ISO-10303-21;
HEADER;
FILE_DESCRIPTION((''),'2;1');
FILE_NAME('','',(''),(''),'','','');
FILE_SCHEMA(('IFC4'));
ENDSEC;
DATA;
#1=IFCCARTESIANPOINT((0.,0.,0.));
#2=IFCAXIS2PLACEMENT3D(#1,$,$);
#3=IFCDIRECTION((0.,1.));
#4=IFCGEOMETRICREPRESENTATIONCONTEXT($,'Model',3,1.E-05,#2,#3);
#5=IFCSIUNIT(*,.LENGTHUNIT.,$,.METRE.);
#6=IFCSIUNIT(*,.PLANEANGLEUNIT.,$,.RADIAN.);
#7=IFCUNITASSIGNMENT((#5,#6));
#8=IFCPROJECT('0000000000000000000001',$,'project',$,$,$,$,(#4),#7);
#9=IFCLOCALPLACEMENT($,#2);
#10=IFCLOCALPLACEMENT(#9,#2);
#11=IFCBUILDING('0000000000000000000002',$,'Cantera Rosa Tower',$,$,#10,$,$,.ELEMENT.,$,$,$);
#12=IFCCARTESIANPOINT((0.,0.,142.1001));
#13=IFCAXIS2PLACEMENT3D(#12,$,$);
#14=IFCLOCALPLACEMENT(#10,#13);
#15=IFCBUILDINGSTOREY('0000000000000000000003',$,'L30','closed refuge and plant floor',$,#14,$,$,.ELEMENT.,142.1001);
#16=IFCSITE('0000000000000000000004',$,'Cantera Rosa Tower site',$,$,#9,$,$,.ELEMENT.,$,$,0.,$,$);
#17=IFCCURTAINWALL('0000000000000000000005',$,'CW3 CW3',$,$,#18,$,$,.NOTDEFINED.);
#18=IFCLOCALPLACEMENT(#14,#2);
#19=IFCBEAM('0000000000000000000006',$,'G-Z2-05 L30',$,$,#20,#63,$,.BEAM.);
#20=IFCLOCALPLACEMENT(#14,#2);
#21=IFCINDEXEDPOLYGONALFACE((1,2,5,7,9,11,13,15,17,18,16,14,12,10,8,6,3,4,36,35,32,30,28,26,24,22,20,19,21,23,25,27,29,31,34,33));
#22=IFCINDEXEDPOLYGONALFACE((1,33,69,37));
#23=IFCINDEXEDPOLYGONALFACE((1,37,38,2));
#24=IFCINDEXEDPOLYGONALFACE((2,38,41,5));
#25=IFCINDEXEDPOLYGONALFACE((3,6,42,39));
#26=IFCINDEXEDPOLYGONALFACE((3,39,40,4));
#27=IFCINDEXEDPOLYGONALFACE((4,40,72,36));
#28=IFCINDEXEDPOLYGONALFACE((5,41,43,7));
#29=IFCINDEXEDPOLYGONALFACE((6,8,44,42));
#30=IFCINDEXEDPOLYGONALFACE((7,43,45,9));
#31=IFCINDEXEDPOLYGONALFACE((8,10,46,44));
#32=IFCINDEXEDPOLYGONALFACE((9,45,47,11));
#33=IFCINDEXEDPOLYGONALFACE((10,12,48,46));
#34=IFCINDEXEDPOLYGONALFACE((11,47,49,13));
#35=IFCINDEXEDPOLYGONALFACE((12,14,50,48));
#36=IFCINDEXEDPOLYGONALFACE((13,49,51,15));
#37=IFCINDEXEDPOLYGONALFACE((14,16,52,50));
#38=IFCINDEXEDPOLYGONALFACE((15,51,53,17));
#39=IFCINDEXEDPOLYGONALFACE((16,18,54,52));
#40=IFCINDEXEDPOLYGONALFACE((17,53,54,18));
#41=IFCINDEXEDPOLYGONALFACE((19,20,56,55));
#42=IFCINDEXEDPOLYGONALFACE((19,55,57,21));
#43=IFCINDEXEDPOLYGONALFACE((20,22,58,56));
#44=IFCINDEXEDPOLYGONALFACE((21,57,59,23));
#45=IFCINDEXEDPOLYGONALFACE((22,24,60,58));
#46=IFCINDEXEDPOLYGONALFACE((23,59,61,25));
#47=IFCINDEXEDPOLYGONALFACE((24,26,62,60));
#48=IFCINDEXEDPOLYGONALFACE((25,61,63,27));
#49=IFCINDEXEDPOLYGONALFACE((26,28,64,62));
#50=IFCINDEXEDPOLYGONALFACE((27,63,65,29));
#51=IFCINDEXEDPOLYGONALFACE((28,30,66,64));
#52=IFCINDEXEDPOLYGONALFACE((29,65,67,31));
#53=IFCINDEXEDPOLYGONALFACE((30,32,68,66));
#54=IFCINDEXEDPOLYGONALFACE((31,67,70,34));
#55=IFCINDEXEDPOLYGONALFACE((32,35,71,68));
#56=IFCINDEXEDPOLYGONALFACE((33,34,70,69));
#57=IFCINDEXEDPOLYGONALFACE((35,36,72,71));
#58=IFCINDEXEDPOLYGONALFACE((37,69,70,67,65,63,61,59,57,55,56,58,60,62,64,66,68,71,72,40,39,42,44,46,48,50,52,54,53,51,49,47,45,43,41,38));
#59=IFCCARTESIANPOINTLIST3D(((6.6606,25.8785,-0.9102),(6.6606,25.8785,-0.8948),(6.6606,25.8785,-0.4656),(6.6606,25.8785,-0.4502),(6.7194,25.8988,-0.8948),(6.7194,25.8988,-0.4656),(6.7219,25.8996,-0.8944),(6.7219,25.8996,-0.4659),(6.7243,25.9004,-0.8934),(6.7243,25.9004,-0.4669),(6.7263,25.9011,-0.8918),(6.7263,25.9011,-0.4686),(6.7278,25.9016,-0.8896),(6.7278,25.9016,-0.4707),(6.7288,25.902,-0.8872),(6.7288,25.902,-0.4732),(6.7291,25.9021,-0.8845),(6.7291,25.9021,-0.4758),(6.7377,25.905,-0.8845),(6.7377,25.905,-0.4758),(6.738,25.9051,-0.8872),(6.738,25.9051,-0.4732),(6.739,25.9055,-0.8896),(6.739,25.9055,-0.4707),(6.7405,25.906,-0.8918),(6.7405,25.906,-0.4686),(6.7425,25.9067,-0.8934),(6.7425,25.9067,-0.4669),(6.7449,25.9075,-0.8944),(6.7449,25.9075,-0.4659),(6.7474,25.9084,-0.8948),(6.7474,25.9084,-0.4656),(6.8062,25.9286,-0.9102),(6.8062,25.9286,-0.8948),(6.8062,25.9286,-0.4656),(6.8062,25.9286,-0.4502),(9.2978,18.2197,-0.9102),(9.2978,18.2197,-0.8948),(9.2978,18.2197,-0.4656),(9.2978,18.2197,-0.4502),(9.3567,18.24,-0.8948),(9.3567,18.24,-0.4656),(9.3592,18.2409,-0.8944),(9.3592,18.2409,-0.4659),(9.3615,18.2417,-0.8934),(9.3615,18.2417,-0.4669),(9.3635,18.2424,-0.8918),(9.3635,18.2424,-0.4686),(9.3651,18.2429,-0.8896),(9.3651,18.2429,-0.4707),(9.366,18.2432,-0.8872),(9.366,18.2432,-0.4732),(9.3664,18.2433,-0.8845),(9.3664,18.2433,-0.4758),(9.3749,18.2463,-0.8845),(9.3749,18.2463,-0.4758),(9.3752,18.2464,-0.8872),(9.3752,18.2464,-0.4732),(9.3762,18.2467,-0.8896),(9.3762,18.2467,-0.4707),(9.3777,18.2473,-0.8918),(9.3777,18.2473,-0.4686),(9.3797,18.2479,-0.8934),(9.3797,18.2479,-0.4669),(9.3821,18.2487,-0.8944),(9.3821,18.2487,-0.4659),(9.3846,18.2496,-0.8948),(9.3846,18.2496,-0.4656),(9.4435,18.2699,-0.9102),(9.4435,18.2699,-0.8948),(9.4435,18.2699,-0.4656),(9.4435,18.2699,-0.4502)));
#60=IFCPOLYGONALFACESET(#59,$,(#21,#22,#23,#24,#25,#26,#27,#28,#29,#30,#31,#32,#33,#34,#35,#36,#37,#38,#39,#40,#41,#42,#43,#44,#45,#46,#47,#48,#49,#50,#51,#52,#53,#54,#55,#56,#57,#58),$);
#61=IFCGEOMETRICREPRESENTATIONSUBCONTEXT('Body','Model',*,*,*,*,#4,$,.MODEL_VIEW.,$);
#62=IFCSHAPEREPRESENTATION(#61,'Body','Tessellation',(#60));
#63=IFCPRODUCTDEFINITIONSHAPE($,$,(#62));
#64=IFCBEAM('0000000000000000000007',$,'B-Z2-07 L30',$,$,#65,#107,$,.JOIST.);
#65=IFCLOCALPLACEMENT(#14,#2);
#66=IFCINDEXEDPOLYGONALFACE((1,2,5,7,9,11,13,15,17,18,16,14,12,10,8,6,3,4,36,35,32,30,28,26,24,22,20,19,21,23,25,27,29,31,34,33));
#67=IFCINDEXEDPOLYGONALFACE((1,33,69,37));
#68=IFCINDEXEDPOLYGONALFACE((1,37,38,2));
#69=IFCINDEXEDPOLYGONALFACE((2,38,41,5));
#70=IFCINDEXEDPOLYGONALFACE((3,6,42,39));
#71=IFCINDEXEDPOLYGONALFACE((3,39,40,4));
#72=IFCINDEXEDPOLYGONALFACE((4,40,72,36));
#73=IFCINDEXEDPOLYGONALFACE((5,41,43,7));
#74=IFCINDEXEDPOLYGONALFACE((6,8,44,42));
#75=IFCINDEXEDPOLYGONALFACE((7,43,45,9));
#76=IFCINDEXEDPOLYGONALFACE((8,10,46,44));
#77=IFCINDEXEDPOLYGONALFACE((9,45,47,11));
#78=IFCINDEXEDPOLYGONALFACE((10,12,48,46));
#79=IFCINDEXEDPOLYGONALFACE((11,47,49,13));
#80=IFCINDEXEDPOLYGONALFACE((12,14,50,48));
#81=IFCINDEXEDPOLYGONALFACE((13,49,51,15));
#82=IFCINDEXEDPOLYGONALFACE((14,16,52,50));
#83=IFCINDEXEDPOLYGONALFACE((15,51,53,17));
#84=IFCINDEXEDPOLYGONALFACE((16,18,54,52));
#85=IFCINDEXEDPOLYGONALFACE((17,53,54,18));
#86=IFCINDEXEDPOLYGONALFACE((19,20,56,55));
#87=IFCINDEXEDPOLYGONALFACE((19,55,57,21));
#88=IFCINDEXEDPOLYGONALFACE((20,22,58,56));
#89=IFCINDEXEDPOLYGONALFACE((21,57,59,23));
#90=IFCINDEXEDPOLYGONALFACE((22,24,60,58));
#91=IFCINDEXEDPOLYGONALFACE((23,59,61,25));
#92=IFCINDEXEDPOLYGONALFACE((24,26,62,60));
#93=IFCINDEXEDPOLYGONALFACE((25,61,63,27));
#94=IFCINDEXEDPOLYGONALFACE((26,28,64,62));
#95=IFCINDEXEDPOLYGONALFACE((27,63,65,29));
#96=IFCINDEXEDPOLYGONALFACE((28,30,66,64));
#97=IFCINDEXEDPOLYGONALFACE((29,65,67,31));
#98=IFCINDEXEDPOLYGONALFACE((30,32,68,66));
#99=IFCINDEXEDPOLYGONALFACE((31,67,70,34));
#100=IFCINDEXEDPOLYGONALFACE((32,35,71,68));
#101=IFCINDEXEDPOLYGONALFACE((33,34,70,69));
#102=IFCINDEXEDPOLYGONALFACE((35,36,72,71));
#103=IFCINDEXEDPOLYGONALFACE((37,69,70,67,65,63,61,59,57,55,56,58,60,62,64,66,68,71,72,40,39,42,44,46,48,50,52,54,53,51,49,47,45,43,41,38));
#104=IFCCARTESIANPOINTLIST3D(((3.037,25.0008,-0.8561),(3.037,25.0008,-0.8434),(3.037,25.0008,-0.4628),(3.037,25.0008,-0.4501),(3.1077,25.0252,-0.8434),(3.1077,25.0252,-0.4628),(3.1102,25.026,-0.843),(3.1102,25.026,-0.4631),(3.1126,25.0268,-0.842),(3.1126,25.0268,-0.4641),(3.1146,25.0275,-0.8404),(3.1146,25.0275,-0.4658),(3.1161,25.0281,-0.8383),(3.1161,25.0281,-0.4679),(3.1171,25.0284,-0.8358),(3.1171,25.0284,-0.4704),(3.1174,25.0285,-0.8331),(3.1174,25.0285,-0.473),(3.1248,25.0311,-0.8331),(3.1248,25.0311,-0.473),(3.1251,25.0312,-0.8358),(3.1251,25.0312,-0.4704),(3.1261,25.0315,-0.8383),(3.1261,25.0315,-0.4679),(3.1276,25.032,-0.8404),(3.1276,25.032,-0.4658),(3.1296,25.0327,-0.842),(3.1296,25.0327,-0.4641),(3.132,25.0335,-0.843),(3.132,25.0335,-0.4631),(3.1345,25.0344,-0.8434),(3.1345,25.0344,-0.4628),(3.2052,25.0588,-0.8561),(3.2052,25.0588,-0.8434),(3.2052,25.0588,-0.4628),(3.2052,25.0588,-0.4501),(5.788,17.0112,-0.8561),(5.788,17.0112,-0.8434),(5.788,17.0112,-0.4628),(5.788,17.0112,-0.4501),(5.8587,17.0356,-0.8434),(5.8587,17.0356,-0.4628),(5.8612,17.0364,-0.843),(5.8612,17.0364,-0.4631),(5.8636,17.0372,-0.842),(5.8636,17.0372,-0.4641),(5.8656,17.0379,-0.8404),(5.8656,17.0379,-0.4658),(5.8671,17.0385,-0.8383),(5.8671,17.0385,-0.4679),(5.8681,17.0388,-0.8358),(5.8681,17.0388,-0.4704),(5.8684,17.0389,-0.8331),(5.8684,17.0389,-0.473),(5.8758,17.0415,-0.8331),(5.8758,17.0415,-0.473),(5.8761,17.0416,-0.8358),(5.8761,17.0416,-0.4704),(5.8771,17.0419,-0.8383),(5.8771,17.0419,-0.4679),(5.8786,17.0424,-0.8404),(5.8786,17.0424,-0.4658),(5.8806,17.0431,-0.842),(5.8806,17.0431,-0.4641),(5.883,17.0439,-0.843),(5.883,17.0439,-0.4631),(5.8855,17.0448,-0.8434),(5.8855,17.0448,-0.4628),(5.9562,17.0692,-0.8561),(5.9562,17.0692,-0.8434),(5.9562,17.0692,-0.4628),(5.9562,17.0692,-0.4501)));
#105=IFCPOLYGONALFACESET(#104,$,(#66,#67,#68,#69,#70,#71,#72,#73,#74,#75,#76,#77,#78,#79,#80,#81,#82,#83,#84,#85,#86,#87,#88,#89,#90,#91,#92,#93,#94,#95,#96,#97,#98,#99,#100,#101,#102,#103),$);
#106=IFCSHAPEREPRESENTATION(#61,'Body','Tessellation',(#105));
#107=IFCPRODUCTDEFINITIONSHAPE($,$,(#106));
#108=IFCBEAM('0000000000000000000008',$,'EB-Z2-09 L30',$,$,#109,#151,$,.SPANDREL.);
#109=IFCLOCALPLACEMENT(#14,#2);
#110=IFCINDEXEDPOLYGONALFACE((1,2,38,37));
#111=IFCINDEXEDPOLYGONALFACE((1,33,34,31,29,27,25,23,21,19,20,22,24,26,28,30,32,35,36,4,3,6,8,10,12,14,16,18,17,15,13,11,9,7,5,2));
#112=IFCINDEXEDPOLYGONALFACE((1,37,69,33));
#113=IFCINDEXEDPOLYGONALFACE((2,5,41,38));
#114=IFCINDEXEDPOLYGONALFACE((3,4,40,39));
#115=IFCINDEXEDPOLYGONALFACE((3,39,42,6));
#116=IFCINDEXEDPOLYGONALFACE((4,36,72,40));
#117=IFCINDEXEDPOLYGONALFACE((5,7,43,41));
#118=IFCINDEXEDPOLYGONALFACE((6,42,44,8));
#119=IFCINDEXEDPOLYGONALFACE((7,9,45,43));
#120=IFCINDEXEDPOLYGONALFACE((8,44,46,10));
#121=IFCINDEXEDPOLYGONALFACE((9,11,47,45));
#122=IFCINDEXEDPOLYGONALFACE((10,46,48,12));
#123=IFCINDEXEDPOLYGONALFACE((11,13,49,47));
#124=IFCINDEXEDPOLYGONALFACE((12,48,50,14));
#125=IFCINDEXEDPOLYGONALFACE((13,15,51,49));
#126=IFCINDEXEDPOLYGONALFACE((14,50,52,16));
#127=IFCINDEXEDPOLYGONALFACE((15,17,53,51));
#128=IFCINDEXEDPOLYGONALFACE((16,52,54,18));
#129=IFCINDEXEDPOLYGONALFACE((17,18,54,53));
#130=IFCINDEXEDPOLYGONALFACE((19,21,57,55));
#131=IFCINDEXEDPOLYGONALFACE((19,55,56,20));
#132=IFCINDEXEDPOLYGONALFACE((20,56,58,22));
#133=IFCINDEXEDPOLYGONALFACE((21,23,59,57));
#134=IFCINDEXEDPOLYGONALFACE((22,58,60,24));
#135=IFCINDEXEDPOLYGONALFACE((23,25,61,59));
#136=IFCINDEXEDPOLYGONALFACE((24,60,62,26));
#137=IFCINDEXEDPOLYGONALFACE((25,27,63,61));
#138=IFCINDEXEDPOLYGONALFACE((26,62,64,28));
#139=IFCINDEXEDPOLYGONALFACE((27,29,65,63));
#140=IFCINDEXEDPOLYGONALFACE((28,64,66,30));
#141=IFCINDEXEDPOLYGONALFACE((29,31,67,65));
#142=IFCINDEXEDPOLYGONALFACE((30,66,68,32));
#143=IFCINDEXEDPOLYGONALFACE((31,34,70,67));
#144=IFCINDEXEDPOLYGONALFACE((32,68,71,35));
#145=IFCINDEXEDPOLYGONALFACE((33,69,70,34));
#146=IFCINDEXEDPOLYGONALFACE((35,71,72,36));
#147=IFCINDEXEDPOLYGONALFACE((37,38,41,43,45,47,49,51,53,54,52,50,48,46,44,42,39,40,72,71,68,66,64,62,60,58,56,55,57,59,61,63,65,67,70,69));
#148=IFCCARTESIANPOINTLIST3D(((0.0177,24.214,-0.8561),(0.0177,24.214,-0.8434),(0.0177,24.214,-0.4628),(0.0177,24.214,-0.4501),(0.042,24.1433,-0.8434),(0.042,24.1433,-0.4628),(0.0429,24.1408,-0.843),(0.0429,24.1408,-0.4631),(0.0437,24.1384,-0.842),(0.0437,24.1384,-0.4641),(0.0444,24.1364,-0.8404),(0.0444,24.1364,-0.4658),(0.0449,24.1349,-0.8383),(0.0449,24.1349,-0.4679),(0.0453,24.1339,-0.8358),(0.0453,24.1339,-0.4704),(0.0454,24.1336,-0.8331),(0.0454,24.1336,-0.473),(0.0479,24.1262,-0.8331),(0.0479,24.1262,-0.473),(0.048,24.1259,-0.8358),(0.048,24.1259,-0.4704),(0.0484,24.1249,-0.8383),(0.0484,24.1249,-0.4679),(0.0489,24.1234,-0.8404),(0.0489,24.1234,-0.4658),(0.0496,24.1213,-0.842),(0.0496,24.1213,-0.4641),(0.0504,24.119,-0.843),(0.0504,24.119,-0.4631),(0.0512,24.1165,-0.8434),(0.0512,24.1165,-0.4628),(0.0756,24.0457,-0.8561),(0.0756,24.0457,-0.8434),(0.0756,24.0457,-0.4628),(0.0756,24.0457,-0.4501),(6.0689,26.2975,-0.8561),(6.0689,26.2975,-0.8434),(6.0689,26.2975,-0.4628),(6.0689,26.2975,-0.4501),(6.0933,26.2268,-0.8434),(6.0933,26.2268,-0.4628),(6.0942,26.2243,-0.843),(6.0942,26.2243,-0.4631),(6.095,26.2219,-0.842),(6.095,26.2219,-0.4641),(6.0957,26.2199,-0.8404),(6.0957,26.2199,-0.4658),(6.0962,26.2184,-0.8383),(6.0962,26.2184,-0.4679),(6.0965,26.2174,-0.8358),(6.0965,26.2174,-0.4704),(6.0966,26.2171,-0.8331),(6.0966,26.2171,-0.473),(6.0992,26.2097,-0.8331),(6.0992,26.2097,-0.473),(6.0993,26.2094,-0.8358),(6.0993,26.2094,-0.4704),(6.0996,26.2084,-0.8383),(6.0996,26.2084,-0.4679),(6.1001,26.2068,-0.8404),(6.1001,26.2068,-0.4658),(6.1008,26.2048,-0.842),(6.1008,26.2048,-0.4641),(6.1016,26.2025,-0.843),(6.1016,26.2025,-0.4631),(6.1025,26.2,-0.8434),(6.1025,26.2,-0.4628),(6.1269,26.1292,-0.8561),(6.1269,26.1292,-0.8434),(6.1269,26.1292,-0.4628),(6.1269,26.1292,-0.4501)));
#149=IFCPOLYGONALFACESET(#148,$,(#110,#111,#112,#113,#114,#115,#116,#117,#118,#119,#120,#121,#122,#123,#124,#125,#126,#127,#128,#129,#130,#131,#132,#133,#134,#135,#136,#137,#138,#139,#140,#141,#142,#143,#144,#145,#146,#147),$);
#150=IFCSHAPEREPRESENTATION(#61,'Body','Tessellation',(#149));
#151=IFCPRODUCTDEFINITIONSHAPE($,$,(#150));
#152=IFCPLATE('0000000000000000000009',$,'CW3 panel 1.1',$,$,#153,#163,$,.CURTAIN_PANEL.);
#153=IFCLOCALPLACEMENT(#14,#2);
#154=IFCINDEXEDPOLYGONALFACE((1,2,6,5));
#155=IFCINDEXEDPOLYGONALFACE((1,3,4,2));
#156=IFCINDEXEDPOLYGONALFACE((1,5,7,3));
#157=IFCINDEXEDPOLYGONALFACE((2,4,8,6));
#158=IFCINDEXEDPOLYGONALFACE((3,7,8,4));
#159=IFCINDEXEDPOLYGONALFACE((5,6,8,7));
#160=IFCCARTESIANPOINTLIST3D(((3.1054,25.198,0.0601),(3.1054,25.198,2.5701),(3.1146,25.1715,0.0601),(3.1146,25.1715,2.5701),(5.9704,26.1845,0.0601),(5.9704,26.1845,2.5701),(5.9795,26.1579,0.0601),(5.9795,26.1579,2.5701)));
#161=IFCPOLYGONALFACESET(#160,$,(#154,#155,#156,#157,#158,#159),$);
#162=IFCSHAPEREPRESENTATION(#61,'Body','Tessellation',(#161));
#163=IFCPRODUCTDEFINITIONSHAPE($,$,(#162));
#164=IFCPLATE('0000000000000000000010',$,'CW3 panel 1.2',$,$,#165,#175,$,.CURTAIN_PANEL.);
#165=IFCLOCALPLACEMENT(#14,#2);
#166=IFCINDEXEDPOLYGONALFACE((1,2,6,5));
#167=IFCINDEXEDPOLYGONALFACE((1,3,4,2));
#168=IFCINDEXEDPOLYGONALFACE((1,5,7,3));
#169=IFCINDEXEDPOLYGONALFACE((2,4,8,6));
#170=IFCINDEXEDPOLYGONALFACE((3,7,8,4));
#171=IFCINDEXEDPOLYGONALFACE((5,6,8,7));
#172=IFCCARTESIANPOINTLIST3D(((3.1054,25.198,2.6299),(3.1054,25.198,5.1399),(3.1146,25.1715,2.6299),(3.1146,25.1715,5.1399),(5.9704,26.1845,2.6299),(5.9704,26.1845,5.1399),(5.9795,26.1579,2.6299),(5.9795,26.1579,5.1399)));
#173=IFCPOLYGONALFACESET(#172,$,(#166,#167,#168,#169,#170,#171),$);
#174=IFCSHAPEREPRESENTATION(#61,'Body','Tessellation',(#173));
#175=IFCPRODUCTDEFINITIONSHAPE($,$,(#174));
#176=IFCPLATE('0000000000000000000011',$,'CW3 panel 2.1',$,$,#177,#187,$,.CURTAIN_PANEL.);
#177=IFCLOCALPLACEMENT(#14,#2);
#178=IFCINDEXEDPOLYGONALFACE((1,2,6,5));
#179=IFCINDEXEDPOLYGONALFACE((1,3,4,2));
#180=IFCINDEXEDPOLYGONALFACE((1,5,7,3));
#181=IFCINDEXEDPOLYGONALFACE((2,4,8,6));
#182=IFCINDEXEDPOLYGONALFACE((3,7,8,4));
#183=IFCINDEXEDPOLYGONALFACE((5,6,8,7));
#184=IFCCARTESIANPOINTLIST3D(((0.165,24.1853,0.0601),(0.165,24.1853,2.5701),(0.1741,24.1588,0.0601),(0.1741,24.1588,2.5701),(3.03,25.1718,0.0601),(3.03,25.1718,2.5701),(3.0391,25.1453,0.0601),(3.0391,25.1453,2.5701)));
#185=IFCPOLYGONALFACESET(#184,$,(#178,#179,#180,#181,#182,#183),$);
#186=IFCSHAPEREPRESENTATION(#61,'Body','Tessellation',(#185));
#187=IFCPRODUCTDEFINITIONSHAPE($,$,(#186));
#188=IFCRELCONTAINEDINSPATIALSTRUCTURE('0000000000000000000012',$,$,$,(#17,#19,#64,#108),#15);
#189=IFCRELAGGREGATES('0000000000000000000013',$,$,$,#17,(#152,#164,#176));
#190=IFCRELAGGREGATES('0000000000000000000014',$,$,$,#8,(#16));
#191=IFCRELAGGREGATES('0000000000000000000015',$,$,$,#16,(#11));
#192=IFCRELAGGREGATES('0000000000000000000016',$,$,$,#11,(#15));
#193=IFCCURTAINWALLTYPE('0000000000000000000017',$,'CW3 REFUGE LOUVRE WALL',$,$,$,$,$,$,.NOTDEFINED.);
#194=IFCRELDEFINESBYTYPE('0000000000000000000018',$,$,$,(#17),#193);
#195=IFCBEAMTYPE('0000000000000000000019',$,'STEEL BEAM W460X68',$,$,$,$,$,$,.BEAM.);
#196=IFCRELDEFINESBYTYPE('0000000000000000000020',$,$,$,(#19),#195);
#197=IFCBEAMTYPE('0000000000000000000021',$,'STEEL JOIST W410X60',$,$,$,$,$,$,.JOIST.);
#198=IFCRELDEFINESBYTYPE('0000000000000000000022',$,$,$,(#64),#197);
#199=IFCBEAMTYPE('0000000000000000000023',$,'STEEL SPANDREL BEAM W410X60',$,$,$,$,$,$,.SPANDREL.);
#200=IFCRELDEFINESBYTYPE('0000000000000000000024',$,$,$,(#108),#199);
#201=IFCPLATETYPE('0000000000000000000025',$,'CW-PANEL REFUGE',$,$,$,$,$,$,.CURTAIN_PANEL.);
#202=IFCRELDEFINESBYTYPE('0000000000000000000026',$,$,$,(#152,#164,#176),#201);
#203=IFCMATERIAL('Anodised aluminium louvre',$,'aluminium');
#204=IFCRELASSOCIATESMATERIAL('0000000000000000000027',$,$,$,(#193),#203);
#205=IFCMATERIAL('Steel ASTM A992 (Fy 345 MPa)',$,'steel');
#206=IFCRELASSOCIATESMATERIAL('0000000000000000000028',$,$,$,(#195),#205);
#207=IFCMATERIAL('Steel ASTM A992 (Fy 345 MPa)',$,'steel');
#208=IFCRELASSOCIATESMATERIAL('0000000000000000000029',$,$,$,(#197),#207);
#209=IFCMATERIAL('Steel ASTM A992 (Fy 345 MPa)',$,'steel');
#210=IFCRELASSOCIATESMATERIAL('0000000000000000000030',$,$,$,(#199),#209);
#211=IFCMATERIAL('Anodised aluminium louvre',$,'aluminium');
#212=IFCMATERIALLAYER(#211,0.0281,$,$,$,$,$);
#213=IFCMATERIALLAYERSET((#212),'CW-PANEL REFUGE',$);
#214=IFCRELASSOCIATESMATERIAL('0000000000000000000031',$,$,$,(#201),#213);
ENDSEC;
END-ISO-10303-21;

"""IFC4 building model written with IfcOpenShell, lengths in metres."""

from ifc_helpers import new_model, si_unit, direction, frame, origin, origin_2d, place, context, subcontext, project, spatial, rectangle, i_section, extrude, material, layer, layer_set, material_profile, profile_set, type_object, element, aggregate, save


model = new_model("IFC4")

# Units and contexts
model_context = context("Model", 3, precision=1e-05, world=origin(), true_north=direction((0.0, 1.0)))
body_context = subcontext(model_context, "Body", "Model", "MODEL_VIEW")
ifc_project = project(units=[si_unit("LENGTHUNIT", "METRE"), si_unit("PLANEANGLEUNIT", "RADIAN")], contexts=[model_context])

# Site, building, storey
site_placement = place(None, origin())
site = spatial("IfcSite", under=ifc_project, at=site_placement, Name="Cantera Rosa Tower site", CompositionType="ELEMENT", RefElevation=0.0)
building_placement = place(site_placement, origin())
building = spatial("IfcBuilding", under=site, at=building_placement, Name="Cantera Rosa Tower", CompositionType="ELEMENT")
storey_placement = place(building_placement, frame((0.0, 0.0, 142.1001)))
storey = spatial("IfcBuildingStorey", under=building, at=storey_placement, Name="L30", Description="closed refuge and plant floor", CompositionType="ELEMENT", Elevation=142.1001)

# Shared definitions
ifc_material_1 = material(Name="Anodised aluminium louvre", Category="aluminium")
curtain_wall_type = type_object("IfcCurtainWallType", Name="CW3 REFUGE LOUVRE WALL", PredefinedType="NOTDEFINED", material=ifc_material_1)

# Curtain wall
curtain_wall_1_placement = place(storey_placement, origin())
curtain_wall_1 = element("IfcCurtainWall", 1, at=curtain_wall_1_placement, inside=storey, type_object=curtain_wall_type, Name="CW3 CW3", PredefinedType="NOTDEFINED")

# Beams
ifc_material_2 = material(Name="Steel ASTM A992 (Fy 345 MPa)", Category="steel")
ifc_material_profile_1 = material_profile(ifc_material_2, i_section(OverallWidth=0.1541, OverallDepth=0.46, WebThickness=0.009, FlangeThickness=0.0154, FilletRadius=0.0103, at=origin_2d()), Name="W460X68")
ifc_profile_set_1 = profile_set([ifc_material_profile_1], Name="Steel ASTM A992 (Fy 345 MPa)")
beam_type_1 = type_object("IfcBeamType", Name="STEEL BEAM W460X68", PredefinedType="BEAM", material=ifc_profile_set_1)
beam_1_placement = place(storey_placement, frame((6.7334, 25.9036, -0.6802), z_axis=(0.32558, -0.945514, 0.0), x_axis=(0.945514, 0.32558, 0.0)))
element("IfcBeam", 2, at=beam_1_placement, inside=storey, type_object=beam_type_1, Name="G-Z2-05 L30", PredefinedType="BEAM", context=body_context, shape_type="SweptSolid", body=[
    extrude(i_section(OverallWidth=0.1541, OverallDepth=0.46, WebThickness=0.009, FlangeThickness=0.0154, FilletRadius=0.0103, at=origin_2d()), origin(), (0.0, 0.0, 1.0), 8.1001),
])
ifc_material_3 = material(Name="Steel ASTM A992 (Fy 345 MPa)", Category="steel")
ifc_material_profile_2 = material_profile(ifc_material_3, i_section(OverallWidth=0.178, OverallDepth=0.406, WebThickness=0.0078, FlangeThickness=0.0127, FilletRadius=0.0103, at=origin_2d()), Name="W410X60")
ifc_profile_set_2 = profile_set([ifc_material_profile_2], Name="Steel ASTM A992 (Fy 345 MPa)")
beam_type_2 = type_object("IfcBeamType", Name="STEEL JOIST W410X60", PredefinedType="JOIST", material=ifc_profile_set_2)
beam_2_placement = place(storey_placement, frame((3.1211, 25.0298, -0.6531), z_axis=(0.325565, -0.94552, 0.0), x_axis=(0.94552, 0.325565, 0.0)))
element("IfcBeam", 3, at=beam_2_placement, inside=storey, type_object=beam_type_2, Name="B-Z2-07 L30", PredefinedType="JOIST", context=body_context, shape_type="SweptSolid", body=[
    extrude(i_section(OverallWidth=0.178, OverallDepth=0.406, WebThickness=0.0078, FlangeThickness=0.0127, FilletRadius=0.0103, at=origin_2d()), origin(), (0.0, 0.0, 1.0), 8.45),
])
ifc_material_4 = material(Name="Steel ASTM A992 (Fy 345 MPa)", Category="steel")
ifc_material_profile_3 = material_profile(ifc_material_4, i_section(OverallWidth=0.178, OverallDepth=0.406, WebThickness=0.0078, FlangeThickness=0.0127, FilletRadius=0.0103, at=origin_2d()), Name="W410X60")
ifc_profile_set_3 = profile_set([ifc_material_profile_3], Name="Steel ASTM A992 (Fy 345 MPa)")
beam_type_3 = type_object("IfcBeamType", Name="STEEL SPANDREL BEAM W410X60", PredefinedType="SPANDREL", material=ifc_profile_set_3)
beam_3_placement = place(storey_placement, frame((6.0979, 26.2134, -0.6531), z_axis=(-0.945524, -0.325551, 0.0), x_axis=(0.325551, -0.945524, 0.0)))
element("IfcBeam", 4, at=beam_3_placement, inside=storey, type_object=beam_type_3, Name="EB-Z2-09 L30", PredefinedType="SPANDREL", context=body_context, shape_type="SweptSolid", body=[
    extrude(i_section(OverallWidth=0.178, OverallDepth=0.406, WebThickness=0.0078, FlangeThickness=0.0127, FilletRadius=0.0103, at=origin_2d()), origin(), (0.0, 0.0, 1.0), 6.3999),
])

# Plates
ifc_material_5 = material(Name="Anodised aluminium louvre", Category="aluminium")
ifc_layer_1 = layer(ifc_material_5, 0.0281)
ifc_layer_set_1 = layer_set([ifc_layer_1], Name="CW-PANEL REFUGE")
plate_type = type_object("IfcPlateType", Name="CW-PANEL REFUGE", PredefinedType="CURTAIN_PANEL", material=ifc_layer_set_1)
plate_1_placement = place(storey_placement, frame((4.5425, 25.678, 0.0601), z_axis=(0.0, 0.0, 1.0), x_axis=(-0.945519, -0.325568, 0.0)))
plate_1 = element("IfcPlate", 5, at=plate_1_placement, type_object=plate_type, Name="CW3 panel 1.1", PredefinedType="CURTAIN_PANEL", context=body_context, shape_type="SweptSolid", body=[
    extrude(rectangle(XDim=3.03, YDim=0.0281, at=origin_2d()), origin(), (0.0, 0.0, 1.0), 2.51),
])
plate_2_placement = place(storey_placement, frame((4.5425, 25.678, 2.6299), z_axis=(0.0, 0.0, 1.0), x_axis=(-0.945519, -0.325568, 0.0)))
plate_2 = element("IfcPlate", 6, at=plate_2_placement, type_object=plate_type, Name="CW3 panel 1.2", PredefinedType="CURTAIN_PANEL", context=body_context, shape_type="SweptSolid", body=[
    extrude(rectangle(XDim=3.03, YDim=0.0281, at=origin_2d()), origin(), (0.0, 0.0, 1.0), 2.51),
])
plate_3_placement = place(storey_placement, frame((1.6021, 24.6653, 0.0601), z_axis=(0.0, 0.0, 1.0), x_axis=(-0.945519, -0.325568, 0.0)))
plate_3 = element("IfcPlate", 7, at=plate_3_placement, type_object=plate_type, Name="CW3 panel 2.1", PredefinedType="CURTAIN_PANEL", context=body_context, shape_type="SweptSolid", body=[
    extrude(rectangle(XDim=3.03, YDim=0.0281, at=origin_2d()), origin(), (0.0, 0.0, 1.0), 2.51),
])
aggregate(curtain_wall_1, [plate_1, plate_2, plate_3])

save(model, "model.ifc")
